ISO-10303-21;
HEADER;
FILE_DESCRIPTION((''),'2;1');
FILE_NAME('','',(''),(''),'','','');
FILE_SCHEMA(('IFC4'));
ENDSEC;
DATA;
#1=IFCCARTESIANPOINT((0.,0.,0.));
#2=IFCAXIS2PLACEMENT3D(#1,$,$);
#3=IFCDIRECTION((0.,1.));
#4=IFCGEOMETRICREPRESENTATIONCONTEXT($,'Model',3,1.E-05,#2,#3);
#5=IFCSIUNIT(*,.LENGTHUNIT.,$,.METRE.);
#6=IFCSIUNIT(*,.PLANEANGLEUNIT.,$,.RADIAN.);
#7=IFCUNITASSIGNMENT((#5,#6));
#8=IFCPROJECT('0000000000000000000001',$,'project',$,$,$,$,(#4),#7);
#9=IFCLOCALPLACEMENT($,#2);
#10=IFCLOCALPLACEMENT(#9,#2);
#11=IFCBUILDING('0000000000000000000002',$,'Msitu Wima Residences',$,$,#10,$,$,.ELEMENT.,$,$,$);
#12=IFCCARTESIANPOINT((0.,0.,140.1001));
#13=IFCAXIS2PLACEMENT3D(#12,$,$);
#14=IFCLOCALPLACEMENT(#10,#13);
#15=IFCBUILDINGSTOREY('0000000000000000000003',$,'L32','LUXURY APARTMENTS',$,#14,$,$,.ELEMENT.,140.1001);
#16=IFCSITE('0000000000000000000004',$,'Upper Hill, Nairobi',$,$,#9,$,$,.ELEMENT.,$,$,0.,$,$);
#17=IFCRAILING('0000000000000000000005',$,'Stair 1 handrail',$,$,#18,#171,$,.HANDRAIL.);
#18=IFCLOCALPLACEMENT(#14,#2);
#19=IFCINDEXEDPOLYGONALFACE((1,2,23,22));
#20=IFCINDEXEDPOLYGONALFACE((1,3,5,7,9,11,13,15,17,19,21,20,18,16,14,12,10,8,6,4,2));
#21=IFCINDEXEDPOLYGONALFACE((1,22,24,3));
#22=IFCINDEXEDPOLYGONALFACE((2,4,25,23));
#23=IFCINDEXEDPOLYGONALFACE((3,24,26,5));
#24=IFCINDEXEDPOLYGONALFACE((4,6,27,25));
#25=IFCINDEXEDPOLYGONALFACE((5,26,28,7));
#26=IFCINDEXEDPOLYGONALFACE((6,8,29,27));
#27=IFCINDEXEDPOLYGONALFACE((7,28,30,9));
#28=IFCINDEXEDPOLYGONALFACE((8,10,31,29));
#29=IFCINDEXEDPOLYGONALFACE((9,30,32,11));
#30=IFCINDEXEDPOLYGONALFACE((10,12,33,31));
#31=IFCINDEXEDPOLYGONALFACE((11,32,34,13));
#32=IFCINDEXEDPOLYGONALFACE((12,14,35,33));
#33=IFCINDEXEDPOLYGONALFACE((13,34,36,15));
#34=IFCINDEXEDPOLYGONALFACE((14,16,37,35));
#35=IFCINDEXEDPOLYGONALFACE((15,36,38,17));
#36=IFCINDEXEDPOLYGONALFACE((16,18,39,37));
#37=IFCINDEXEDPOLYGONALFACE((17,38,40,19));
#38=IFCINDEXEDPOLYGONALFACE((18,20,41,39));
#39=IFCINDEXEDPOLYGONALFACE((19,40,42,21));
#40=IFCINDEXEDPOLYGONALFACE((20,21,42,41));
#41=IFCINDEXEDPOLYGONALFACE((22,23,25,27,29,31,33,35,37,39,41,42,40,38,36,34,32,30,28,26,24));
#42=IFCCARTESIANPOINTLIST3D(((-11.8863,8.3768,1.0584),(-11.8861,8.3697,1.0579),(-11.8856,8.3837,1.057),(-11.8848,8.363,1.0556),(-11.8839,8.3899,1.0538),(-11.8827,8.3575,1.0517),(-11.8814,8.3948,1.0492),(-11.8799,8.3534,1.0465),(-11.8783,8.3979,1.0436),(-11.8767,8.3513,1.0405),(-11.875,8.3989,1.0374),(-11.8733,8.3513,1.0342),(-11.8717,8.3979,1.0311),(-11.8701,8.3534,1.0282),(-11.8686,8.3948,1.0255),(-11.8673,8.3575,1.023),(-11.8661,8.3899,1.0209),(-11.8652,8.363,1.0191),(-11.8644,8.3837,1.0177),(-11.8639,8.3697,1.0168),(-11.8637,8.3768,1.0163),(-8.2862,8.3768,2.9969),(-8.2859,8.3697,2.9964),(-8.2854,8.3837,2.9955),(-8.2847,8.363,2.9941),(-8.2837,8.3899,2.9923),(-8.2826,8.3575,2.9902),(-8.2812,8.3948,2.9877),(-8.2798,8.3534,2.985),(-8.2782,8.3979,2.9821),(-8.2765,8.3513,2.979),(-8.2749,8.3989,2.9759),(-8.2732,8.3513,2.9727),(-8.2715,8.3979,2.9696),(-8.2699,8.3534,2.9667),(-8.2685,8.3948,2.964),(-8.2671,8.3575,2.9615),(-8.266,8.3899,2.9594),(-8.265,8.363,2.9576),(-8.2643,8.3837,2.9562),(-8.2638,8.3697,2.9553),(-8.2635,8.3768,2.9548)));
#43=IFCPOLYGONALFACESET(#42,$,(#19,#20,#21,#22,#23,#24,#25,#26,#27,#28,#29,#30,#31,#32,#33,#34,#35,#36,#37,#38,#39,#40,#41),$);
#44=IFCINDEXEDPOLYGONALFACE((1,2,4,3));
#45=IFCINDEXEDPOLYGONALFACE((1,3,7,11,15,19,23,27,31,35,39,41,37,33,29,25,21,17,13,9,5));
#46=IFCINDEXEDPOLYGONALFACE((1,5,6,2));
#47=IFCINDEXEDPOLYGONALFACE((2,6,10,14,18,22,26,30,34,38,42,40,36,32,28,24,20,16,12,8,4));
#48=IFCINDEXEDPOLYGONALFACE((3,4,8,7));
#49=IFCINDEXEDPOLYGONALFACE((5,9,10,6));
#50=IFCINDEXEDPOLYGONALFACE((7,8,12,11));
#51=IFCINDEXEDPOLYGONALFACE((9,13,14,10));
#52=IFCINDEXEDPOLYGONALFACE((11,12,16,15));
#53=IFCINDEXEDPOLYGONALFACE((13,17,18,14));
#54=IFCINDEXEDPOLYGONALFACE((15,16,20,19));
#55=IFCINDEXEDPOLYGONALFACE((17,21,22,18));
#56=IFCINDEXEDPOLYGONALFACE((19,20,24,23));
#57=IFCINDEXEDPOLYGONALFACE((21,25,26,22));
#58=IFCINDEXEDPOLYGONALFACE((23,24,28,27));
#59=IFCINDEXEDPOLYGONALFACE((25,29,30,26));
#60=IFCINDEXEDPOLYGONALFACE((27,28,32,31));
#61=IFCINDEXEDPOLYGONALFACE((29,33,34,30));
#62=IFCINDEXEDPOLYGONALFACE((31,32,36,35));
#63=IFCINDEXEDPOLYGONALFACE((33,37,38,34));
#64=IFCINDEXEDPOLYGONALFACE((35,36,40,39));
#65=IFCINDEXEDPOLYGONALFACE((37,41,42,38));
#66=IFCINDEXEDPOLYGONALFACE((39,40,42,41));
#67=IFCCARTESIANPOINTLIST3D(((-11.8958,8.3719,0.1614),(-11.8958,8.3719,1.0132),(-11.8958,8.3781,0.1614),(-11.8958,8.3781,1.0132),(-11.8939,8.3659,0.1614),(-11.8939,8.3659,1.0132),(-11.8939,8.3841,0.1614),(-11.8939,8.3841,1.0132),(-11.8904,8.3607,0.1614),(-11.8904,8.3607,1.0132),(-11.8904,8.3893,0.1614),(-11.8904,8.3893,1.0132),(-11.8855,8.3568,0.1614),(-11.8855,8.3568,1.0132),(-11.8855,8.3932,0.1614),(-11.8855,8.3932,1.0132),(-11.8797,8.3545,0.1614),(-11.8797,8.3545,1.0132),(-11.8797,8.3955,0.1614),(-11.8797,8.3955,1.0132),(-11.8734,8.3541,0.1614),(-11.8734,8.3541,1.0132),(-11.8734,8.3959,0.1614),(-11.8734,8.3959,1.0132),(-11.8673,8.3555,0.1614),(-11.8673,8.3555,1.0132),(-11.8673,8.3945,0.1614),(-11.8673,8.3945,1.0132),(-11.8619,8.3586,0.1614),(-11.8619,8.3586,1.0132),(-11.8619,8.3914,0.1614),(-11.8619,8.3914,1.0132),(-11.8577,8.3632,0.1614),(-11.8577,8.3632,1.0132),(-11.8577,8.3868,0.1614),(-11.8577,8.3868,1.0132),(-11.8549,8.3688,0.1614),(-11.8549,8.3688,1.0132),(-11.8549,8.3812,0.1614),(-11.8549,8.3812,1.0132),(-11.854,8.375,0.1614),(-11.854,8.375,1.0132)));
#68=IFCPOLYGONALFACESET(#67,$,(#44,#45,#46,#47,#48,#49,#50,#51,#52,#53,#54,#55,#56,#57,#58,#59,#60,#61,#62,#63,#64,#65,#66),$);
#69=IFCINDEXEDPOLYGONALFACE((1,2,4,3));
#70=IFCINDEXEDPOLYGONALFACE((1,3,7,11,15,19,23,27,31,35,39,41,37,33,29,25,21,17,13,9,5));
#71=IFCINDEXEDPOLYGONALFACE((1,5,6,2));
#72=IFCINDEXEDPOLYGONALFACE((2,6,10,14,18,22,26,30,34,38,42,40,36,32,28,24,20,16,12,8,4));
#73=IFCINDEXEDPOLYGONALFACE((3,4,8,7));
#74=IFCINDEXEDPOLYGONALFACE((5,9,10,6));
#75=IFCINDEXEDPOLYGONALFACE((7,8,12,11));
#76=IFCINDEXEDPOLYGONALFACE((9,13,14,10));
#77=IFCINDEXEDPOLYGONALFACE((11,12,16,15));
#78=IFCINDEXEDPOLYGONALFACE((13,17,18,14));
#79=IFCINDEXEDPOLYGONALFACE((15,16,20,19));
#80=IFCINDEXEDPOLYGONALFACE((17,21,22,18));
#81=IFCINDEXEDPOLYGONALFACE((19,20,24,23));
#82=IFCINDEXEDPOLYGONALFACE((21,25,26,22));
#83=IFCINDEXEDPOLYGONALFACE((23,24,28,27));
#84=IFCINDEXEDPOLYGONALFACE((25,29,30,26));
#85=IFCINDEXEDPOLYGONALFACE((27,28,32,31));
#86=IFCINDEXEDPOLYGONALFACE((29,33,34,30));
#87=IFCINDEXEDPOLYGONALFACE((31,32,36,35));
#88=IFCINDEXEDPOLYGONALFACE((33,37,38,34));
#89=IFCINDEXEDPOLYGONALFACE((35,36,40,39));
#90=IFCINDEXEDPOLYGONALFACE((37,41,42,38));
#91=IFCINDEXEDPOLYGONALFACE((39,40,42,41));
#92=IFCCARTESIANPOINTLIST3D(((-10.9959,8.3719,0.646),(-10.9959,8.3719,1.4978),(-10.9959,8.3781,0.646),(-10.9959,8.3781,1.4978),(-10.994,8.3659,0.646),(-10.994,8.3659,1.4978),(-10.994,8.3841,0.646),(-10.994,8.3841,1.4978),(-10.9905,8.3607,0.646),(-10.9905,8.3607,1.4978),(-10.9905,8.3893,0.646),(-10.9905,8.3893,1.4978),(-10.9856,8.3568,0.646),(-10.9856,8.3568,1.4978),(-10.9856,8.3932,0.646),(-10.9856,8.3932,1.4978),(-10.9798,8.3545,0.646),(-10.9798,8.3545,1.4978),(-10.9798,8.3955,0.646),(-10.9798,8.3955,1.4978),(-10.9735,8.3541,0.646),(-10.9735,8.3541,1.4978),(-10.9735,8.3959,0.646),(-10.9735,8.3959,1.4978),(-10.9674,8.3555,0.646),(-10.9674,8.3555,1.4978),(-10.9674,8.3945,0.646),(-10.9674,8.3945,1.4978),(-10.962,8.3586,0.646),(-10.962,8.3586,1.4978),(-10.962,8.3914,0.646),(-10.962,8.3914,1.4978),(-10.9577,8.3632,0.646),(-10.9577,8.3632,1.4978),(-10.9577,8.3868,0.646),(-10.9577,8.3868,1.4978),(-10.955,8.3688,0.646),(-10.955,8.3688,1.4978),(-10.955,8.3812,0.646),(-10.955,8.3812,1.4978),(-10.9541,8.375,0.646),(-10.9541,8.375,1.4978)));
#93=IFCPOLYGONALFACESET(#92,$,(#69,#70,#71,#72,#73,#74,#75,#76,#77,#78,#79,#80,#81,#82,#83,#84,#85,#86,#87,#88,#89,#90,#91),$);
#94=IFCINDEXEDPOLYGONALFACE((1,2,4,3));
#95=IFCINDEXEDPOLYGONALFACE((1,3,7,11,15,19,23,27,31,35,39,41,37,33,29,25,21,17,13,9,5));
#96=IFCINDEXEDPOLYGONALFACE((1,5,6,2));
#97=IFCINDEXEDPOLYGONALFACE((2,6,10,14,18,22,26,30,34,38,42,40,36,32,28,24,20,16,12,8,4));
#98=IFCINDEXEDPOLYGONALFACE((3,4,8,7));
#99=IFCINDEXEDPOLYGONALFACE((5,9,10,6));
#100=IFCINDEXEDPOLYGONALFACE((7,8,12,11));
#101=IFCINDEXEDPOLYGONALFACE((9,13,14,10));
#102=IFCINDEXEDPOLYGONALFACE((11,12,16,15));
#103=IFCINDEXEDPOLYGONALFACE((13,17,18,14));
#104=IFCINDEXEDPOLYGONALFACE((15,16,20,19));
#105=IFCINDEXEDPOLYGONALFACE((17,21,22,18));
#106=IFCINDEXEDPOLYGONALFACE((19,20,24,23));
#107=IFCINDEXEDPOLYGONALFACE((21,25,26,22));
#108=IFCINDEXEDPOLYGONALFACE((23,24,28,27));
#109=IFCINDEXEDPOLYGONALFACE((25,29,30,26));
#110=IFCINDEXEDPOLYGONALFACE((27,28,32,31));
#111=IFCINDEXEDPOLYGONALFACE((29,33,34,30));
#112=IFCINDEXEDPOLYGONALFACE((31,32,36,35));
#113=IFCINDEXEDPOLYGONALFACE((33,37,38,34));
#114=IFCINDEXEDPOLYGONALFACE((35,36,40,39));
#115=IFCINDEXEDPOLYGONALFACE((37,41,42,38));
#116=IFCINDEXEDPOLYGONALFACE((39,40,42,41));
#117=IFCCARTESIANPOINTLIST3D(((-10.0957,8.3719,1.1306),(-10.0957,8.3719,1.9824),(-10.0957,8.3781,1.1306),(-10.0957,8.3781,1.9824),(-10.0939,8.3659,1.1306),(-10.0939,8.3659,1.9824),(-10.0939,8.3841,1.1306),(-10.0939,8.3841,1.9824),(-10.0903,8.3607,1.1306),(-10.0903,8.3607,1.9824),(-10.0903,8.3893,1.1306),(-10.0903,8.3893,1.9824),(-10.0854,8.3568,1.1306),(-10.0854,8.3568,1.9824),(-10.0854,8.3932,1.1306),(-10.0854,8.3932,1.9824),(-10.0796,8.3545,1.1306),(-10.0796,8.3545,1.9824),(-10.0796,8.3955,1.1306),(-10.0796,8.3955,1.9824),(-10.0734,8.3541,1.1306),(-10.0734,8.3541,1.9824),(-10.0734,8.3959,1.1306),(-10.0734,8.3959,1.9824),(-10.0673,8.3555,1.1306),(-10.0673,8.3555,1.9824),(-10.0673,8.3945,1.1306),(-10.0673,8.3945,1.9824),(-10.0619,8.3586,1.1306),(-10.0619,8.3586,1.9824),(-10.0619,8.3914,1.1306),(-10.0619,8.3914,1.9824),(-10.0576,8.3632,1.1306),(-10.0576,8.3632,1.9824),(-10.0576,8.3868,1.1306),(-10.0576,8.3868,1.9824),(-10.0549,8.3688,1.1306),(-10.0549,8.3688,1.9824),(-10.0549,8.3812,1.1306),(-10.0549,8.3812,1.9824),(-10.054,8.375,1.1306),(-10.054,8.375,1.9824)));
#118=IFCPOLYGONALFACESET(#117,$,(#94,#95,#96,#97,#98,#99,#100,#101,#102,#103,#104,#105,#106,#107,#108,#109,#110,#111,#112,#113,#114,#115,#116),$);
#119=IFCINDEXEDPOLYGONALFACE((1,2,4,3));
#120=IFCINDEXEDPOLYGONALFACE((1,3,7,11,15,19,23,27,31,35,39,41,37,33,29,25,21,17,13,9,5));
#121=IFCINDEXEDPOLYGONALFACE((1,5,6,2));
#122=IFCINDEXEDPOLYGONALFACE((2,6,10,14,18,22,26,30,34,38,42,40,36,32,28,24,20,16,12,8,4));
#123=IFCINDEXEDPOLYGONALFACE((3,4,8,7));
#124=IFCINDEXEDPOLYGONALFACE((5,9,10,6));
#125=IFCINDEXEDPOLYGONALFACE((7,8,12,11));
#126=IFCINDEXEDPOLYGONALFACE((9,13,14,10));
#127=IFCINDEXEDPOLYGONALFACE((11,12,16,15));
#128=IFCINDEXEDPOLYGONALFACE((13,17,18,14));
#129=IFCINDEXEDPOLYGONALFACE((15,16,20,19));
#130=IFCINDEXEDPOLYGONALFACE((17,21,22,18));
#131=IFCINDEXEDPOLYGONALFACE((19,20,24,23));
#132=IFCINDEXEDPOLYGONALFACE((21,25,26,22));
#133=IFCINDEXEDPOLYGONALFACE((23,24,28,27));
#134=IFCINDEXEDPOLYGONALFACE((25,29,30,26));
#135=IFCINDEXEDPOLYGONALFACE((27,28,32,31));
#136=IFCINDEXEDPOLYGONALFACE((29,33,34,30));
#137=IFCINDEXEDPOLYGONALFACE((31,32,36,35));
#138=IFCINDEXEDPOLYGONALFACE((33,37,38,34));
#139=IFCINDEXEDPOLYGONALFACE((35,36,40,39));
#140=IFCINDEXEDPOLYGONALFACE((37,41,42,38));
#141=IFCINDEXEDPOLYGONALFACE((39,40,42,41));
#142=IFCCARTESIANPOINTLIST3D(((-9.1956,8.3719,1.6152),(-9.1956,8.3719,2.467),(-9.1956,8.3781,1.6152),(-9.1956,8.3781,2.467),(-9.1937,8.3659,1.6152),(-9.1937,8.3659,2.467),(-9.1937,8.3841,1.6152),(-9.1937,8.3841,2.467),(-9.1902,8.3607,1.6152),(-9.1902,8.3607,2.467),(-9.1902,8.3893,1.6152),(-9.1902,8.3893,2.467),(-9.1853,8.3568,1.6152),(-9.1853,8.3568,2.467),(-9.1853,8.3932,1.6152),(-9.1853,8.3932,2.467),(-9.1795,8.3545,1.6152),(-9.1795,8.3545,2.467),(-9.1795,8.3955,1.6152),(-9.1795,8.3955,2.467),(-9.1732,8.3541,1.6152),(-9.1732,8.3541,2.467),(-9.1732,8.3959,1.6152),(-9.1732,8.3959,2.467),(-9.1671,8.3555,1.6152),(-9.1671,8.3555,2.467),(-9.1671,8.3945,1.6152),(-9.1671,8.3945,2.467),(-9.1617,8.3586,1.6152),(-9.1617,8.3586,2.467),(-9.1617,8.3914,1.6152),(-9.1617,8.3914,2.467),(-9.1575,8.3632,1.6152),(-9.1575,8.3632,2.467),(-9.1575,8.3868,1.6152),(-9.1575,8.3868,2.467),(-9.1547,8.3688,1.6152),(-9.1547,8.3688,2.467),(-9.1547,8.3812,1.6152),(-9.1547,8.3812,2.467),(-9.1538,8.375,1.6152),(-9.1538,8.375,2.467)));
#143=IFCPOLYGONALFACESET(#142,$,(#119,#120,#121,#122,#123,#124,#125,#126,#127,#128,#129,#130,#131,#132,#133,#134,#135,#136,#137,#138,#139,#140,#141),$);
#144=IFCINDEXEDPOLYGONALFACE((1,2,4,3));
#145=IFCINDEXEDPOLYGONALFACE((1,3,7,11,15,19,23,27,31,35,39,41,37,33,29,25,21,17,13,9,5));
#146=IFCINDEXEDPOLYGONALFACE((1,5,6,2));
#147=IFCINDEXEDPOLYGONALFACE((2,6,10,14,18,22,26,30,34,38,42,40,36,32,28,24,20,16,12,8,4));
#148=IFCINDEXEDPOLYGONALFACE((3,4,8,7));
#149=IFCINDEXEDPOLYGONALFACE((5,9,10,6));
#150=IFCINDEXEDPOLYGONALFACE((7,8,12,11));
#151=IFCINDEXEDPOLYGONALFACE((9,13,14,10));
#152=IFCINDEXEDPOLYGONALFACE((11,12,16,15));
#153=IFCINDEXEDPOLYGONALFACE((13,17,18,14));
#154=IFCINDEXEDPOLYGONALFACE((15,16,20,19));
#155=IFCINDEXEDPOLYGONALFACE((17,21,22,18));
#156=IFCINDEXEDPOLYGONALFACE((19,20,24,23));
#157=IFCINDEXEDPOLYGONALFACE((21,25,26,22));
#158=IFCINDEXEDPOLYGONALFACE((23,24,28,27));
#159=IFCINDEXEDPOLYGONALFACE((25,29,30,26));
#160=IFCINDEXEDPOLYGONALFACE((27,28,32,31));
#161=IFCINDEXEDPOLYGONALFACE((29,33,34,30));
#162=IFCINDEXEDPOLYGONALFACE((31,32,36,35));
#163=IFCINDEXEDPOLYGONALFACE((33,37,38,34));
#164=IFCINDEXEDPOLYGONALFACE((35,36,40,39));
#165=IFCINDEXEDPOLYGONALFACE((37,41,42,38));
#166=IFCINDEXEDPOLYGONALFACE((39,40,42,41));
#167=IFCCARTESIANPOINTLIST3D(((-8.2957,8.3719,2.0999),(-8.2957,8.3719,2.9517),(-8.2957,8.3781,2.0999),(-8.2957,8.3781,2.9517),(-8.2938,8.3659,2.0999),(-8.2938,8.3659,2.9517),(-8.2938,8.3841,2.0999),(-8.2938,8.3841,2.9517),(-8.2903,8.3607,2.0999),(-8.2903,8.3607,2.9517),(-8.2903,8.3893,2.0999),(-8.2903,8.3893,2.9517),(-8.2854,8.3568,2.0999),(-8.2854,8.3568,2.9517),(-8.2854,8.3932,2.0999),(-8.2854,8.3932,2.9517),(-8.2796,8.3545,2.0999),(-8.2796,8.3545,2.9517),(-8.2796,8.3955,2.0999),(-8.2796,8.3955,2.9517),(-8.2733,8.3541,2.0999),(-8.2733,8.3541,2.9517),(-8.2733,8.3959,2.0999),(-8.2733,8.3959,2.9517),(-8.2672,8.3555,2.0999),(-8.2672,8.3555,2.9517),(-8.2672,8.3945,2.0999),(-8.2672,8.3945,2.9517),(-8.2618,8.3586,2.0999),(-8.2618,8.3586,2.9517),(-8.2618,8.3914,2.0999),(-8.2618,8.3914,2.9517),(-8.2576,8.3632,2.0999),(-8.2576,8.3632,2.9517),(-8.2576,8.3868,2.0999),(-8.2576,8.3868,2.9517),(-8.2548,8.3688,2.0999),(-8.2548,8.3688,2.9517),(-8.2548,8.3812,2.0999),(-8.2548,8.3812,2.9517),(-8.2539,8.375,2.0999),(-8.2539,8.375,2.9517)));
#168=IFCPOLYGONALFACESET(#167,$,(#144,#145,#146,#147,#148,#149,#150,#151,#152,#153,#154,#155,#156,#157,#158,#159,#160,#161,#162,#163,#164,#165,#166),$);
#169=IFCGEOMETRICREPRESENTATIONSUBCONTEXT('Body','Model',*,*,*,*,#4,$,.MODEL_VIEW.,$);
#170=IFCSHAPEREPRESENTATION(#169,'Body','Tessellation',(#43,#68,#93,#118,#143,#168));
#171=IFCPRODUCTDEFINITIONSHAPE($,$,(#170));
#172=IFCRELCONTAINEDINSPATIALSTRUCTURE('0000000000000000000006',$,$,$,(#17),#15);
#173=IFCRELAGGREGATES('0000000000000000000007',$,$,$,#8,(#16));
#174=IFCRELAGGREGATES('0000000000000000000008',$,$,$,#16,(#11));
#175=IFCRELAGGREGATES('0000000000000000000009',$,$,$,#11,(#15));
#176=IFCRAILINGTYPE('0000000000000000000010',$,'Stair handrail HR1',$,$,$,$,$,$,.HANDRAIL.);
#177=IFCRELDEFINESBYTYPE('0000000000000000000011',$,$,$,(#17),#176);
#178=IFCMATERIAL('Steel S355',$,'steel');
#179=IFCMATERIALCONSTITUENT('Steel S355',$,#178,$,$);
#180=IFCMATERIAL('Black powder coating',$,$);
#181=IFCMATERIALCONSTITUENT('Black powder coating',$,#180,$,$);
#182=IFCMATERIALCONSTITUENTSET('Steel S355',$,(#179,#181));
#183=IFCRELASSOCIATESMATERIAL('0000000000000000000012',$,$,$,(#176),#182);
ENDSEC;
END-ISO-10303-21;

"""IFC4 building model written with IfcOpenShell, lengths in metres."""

from ifc_helpers import new_model, si_unit, direction, frame, origin, origin_2d, place, context, subcontext, project, spatial, circle, extrude, material, constituent, constituent_set, type_object, element, save


model = new_model("IFC4")

# Units and contexts
model_context = context("Model", 3, precision=1e-05, world=origin(), true_north=direction((0.0, 1.0)))
body_context = subcontext(model_context, "Body", "Model", "MODEL_VIEW")
ifc_project = project(units=[si_unit("LENGTHUNIT", "METRE"), si_unit("PLANEANGLEUNIT", "RADIAN")], contexts=[model_context])

# Site, building, storey
site_placement = place(None, origin())
site = spatial("IfcSite", under=ifc_project, at=site_placement, Name="Upper Hill, Nairobi", CompositionType="ELEMENT", RefElevation=0.0)
building_placement = place(site_placement, origin())
building = spatial("IfcBuilding", under=site, at=building_placement, Name="Msitu Wima Residences", CompositionType="ELEMENT")
storey_placement = place(building_placement, frame((0.0, 0.0, 140.1001)))
storey = spatial("IfcBuildingStorey", under=building, at=storey_placement, Name="L32", Description="LUXURY APARTMENTS", CompositionType="ELEMENT", Elevation=140.1001)

# Railing
ifc_material_1 = material(Name="Steel S355", Category="steel")
ifc_constituent_1 = constituent(ifc_material_1, Name="Steel S355")
ifc_material_2 = material(Name="Black powder coating")
ifc_constituent_2 = constituent(ifc_material_2, Name="Black powder coating")
ifc_constituent_set = constituent_set(constituents=[ifc_constituent_1, ifc_constituent_2], Name="Steel S355")
railing_type = type_object("IfcRailingType", Name="Stair handrail HR1", PredefinedType="HANDRAIL", material=ifc_constituent_set)
railing_placement = place(storey_placement, frame((-11.875, 8.375, 0.1614)))
element("IfcRailing", 1, at=railing_placement, inside=storey, type_object=railing_type, Name="Stair 1 handrail", PredefinedType="HANDRAIL", context=body_context, shape_type="SweptSolid", body=[
    extrude(circle(Radius=0.0239, at=origin_2d()), frame((0.0, 0.0, 0.876), z_axis=(0.880475, 0.0, 0.474093), x_axis=(0.0, 1.0, 0.0)), (0.0, 0.0, 1.0), 4.0889),
    extrude(circle(Radius=0.021, at=origin_2d()), origin(), (0.0, 0.0, 1.0), 0.8518),
    extrude(circle(Radius=0.021, at=origin_2d()), frame((0.8999, 0.0, 0.4846)), (0.0, 0.0, 1.0), 0.8518),
    extrude(circle(Radius=0.021, at=origin_2d()), frame((1.8, 0.0, 0.9692)), (0.0, 0.0, 1.0), 0.8518),
    extrude(circle(Radius=0.021, at=origin_2d()), frame((2.7002, 0.0, 1.4539)), (0.0, 0.0, 1.0), 0.8518),
    extrude(circle(Radius=0.021, at=origin_2d()), frame((3.6001, 0.0, 1.9385)), (0.0, 0.0, 1.0), 0.8518),
])

save(model, "model.ifc")
